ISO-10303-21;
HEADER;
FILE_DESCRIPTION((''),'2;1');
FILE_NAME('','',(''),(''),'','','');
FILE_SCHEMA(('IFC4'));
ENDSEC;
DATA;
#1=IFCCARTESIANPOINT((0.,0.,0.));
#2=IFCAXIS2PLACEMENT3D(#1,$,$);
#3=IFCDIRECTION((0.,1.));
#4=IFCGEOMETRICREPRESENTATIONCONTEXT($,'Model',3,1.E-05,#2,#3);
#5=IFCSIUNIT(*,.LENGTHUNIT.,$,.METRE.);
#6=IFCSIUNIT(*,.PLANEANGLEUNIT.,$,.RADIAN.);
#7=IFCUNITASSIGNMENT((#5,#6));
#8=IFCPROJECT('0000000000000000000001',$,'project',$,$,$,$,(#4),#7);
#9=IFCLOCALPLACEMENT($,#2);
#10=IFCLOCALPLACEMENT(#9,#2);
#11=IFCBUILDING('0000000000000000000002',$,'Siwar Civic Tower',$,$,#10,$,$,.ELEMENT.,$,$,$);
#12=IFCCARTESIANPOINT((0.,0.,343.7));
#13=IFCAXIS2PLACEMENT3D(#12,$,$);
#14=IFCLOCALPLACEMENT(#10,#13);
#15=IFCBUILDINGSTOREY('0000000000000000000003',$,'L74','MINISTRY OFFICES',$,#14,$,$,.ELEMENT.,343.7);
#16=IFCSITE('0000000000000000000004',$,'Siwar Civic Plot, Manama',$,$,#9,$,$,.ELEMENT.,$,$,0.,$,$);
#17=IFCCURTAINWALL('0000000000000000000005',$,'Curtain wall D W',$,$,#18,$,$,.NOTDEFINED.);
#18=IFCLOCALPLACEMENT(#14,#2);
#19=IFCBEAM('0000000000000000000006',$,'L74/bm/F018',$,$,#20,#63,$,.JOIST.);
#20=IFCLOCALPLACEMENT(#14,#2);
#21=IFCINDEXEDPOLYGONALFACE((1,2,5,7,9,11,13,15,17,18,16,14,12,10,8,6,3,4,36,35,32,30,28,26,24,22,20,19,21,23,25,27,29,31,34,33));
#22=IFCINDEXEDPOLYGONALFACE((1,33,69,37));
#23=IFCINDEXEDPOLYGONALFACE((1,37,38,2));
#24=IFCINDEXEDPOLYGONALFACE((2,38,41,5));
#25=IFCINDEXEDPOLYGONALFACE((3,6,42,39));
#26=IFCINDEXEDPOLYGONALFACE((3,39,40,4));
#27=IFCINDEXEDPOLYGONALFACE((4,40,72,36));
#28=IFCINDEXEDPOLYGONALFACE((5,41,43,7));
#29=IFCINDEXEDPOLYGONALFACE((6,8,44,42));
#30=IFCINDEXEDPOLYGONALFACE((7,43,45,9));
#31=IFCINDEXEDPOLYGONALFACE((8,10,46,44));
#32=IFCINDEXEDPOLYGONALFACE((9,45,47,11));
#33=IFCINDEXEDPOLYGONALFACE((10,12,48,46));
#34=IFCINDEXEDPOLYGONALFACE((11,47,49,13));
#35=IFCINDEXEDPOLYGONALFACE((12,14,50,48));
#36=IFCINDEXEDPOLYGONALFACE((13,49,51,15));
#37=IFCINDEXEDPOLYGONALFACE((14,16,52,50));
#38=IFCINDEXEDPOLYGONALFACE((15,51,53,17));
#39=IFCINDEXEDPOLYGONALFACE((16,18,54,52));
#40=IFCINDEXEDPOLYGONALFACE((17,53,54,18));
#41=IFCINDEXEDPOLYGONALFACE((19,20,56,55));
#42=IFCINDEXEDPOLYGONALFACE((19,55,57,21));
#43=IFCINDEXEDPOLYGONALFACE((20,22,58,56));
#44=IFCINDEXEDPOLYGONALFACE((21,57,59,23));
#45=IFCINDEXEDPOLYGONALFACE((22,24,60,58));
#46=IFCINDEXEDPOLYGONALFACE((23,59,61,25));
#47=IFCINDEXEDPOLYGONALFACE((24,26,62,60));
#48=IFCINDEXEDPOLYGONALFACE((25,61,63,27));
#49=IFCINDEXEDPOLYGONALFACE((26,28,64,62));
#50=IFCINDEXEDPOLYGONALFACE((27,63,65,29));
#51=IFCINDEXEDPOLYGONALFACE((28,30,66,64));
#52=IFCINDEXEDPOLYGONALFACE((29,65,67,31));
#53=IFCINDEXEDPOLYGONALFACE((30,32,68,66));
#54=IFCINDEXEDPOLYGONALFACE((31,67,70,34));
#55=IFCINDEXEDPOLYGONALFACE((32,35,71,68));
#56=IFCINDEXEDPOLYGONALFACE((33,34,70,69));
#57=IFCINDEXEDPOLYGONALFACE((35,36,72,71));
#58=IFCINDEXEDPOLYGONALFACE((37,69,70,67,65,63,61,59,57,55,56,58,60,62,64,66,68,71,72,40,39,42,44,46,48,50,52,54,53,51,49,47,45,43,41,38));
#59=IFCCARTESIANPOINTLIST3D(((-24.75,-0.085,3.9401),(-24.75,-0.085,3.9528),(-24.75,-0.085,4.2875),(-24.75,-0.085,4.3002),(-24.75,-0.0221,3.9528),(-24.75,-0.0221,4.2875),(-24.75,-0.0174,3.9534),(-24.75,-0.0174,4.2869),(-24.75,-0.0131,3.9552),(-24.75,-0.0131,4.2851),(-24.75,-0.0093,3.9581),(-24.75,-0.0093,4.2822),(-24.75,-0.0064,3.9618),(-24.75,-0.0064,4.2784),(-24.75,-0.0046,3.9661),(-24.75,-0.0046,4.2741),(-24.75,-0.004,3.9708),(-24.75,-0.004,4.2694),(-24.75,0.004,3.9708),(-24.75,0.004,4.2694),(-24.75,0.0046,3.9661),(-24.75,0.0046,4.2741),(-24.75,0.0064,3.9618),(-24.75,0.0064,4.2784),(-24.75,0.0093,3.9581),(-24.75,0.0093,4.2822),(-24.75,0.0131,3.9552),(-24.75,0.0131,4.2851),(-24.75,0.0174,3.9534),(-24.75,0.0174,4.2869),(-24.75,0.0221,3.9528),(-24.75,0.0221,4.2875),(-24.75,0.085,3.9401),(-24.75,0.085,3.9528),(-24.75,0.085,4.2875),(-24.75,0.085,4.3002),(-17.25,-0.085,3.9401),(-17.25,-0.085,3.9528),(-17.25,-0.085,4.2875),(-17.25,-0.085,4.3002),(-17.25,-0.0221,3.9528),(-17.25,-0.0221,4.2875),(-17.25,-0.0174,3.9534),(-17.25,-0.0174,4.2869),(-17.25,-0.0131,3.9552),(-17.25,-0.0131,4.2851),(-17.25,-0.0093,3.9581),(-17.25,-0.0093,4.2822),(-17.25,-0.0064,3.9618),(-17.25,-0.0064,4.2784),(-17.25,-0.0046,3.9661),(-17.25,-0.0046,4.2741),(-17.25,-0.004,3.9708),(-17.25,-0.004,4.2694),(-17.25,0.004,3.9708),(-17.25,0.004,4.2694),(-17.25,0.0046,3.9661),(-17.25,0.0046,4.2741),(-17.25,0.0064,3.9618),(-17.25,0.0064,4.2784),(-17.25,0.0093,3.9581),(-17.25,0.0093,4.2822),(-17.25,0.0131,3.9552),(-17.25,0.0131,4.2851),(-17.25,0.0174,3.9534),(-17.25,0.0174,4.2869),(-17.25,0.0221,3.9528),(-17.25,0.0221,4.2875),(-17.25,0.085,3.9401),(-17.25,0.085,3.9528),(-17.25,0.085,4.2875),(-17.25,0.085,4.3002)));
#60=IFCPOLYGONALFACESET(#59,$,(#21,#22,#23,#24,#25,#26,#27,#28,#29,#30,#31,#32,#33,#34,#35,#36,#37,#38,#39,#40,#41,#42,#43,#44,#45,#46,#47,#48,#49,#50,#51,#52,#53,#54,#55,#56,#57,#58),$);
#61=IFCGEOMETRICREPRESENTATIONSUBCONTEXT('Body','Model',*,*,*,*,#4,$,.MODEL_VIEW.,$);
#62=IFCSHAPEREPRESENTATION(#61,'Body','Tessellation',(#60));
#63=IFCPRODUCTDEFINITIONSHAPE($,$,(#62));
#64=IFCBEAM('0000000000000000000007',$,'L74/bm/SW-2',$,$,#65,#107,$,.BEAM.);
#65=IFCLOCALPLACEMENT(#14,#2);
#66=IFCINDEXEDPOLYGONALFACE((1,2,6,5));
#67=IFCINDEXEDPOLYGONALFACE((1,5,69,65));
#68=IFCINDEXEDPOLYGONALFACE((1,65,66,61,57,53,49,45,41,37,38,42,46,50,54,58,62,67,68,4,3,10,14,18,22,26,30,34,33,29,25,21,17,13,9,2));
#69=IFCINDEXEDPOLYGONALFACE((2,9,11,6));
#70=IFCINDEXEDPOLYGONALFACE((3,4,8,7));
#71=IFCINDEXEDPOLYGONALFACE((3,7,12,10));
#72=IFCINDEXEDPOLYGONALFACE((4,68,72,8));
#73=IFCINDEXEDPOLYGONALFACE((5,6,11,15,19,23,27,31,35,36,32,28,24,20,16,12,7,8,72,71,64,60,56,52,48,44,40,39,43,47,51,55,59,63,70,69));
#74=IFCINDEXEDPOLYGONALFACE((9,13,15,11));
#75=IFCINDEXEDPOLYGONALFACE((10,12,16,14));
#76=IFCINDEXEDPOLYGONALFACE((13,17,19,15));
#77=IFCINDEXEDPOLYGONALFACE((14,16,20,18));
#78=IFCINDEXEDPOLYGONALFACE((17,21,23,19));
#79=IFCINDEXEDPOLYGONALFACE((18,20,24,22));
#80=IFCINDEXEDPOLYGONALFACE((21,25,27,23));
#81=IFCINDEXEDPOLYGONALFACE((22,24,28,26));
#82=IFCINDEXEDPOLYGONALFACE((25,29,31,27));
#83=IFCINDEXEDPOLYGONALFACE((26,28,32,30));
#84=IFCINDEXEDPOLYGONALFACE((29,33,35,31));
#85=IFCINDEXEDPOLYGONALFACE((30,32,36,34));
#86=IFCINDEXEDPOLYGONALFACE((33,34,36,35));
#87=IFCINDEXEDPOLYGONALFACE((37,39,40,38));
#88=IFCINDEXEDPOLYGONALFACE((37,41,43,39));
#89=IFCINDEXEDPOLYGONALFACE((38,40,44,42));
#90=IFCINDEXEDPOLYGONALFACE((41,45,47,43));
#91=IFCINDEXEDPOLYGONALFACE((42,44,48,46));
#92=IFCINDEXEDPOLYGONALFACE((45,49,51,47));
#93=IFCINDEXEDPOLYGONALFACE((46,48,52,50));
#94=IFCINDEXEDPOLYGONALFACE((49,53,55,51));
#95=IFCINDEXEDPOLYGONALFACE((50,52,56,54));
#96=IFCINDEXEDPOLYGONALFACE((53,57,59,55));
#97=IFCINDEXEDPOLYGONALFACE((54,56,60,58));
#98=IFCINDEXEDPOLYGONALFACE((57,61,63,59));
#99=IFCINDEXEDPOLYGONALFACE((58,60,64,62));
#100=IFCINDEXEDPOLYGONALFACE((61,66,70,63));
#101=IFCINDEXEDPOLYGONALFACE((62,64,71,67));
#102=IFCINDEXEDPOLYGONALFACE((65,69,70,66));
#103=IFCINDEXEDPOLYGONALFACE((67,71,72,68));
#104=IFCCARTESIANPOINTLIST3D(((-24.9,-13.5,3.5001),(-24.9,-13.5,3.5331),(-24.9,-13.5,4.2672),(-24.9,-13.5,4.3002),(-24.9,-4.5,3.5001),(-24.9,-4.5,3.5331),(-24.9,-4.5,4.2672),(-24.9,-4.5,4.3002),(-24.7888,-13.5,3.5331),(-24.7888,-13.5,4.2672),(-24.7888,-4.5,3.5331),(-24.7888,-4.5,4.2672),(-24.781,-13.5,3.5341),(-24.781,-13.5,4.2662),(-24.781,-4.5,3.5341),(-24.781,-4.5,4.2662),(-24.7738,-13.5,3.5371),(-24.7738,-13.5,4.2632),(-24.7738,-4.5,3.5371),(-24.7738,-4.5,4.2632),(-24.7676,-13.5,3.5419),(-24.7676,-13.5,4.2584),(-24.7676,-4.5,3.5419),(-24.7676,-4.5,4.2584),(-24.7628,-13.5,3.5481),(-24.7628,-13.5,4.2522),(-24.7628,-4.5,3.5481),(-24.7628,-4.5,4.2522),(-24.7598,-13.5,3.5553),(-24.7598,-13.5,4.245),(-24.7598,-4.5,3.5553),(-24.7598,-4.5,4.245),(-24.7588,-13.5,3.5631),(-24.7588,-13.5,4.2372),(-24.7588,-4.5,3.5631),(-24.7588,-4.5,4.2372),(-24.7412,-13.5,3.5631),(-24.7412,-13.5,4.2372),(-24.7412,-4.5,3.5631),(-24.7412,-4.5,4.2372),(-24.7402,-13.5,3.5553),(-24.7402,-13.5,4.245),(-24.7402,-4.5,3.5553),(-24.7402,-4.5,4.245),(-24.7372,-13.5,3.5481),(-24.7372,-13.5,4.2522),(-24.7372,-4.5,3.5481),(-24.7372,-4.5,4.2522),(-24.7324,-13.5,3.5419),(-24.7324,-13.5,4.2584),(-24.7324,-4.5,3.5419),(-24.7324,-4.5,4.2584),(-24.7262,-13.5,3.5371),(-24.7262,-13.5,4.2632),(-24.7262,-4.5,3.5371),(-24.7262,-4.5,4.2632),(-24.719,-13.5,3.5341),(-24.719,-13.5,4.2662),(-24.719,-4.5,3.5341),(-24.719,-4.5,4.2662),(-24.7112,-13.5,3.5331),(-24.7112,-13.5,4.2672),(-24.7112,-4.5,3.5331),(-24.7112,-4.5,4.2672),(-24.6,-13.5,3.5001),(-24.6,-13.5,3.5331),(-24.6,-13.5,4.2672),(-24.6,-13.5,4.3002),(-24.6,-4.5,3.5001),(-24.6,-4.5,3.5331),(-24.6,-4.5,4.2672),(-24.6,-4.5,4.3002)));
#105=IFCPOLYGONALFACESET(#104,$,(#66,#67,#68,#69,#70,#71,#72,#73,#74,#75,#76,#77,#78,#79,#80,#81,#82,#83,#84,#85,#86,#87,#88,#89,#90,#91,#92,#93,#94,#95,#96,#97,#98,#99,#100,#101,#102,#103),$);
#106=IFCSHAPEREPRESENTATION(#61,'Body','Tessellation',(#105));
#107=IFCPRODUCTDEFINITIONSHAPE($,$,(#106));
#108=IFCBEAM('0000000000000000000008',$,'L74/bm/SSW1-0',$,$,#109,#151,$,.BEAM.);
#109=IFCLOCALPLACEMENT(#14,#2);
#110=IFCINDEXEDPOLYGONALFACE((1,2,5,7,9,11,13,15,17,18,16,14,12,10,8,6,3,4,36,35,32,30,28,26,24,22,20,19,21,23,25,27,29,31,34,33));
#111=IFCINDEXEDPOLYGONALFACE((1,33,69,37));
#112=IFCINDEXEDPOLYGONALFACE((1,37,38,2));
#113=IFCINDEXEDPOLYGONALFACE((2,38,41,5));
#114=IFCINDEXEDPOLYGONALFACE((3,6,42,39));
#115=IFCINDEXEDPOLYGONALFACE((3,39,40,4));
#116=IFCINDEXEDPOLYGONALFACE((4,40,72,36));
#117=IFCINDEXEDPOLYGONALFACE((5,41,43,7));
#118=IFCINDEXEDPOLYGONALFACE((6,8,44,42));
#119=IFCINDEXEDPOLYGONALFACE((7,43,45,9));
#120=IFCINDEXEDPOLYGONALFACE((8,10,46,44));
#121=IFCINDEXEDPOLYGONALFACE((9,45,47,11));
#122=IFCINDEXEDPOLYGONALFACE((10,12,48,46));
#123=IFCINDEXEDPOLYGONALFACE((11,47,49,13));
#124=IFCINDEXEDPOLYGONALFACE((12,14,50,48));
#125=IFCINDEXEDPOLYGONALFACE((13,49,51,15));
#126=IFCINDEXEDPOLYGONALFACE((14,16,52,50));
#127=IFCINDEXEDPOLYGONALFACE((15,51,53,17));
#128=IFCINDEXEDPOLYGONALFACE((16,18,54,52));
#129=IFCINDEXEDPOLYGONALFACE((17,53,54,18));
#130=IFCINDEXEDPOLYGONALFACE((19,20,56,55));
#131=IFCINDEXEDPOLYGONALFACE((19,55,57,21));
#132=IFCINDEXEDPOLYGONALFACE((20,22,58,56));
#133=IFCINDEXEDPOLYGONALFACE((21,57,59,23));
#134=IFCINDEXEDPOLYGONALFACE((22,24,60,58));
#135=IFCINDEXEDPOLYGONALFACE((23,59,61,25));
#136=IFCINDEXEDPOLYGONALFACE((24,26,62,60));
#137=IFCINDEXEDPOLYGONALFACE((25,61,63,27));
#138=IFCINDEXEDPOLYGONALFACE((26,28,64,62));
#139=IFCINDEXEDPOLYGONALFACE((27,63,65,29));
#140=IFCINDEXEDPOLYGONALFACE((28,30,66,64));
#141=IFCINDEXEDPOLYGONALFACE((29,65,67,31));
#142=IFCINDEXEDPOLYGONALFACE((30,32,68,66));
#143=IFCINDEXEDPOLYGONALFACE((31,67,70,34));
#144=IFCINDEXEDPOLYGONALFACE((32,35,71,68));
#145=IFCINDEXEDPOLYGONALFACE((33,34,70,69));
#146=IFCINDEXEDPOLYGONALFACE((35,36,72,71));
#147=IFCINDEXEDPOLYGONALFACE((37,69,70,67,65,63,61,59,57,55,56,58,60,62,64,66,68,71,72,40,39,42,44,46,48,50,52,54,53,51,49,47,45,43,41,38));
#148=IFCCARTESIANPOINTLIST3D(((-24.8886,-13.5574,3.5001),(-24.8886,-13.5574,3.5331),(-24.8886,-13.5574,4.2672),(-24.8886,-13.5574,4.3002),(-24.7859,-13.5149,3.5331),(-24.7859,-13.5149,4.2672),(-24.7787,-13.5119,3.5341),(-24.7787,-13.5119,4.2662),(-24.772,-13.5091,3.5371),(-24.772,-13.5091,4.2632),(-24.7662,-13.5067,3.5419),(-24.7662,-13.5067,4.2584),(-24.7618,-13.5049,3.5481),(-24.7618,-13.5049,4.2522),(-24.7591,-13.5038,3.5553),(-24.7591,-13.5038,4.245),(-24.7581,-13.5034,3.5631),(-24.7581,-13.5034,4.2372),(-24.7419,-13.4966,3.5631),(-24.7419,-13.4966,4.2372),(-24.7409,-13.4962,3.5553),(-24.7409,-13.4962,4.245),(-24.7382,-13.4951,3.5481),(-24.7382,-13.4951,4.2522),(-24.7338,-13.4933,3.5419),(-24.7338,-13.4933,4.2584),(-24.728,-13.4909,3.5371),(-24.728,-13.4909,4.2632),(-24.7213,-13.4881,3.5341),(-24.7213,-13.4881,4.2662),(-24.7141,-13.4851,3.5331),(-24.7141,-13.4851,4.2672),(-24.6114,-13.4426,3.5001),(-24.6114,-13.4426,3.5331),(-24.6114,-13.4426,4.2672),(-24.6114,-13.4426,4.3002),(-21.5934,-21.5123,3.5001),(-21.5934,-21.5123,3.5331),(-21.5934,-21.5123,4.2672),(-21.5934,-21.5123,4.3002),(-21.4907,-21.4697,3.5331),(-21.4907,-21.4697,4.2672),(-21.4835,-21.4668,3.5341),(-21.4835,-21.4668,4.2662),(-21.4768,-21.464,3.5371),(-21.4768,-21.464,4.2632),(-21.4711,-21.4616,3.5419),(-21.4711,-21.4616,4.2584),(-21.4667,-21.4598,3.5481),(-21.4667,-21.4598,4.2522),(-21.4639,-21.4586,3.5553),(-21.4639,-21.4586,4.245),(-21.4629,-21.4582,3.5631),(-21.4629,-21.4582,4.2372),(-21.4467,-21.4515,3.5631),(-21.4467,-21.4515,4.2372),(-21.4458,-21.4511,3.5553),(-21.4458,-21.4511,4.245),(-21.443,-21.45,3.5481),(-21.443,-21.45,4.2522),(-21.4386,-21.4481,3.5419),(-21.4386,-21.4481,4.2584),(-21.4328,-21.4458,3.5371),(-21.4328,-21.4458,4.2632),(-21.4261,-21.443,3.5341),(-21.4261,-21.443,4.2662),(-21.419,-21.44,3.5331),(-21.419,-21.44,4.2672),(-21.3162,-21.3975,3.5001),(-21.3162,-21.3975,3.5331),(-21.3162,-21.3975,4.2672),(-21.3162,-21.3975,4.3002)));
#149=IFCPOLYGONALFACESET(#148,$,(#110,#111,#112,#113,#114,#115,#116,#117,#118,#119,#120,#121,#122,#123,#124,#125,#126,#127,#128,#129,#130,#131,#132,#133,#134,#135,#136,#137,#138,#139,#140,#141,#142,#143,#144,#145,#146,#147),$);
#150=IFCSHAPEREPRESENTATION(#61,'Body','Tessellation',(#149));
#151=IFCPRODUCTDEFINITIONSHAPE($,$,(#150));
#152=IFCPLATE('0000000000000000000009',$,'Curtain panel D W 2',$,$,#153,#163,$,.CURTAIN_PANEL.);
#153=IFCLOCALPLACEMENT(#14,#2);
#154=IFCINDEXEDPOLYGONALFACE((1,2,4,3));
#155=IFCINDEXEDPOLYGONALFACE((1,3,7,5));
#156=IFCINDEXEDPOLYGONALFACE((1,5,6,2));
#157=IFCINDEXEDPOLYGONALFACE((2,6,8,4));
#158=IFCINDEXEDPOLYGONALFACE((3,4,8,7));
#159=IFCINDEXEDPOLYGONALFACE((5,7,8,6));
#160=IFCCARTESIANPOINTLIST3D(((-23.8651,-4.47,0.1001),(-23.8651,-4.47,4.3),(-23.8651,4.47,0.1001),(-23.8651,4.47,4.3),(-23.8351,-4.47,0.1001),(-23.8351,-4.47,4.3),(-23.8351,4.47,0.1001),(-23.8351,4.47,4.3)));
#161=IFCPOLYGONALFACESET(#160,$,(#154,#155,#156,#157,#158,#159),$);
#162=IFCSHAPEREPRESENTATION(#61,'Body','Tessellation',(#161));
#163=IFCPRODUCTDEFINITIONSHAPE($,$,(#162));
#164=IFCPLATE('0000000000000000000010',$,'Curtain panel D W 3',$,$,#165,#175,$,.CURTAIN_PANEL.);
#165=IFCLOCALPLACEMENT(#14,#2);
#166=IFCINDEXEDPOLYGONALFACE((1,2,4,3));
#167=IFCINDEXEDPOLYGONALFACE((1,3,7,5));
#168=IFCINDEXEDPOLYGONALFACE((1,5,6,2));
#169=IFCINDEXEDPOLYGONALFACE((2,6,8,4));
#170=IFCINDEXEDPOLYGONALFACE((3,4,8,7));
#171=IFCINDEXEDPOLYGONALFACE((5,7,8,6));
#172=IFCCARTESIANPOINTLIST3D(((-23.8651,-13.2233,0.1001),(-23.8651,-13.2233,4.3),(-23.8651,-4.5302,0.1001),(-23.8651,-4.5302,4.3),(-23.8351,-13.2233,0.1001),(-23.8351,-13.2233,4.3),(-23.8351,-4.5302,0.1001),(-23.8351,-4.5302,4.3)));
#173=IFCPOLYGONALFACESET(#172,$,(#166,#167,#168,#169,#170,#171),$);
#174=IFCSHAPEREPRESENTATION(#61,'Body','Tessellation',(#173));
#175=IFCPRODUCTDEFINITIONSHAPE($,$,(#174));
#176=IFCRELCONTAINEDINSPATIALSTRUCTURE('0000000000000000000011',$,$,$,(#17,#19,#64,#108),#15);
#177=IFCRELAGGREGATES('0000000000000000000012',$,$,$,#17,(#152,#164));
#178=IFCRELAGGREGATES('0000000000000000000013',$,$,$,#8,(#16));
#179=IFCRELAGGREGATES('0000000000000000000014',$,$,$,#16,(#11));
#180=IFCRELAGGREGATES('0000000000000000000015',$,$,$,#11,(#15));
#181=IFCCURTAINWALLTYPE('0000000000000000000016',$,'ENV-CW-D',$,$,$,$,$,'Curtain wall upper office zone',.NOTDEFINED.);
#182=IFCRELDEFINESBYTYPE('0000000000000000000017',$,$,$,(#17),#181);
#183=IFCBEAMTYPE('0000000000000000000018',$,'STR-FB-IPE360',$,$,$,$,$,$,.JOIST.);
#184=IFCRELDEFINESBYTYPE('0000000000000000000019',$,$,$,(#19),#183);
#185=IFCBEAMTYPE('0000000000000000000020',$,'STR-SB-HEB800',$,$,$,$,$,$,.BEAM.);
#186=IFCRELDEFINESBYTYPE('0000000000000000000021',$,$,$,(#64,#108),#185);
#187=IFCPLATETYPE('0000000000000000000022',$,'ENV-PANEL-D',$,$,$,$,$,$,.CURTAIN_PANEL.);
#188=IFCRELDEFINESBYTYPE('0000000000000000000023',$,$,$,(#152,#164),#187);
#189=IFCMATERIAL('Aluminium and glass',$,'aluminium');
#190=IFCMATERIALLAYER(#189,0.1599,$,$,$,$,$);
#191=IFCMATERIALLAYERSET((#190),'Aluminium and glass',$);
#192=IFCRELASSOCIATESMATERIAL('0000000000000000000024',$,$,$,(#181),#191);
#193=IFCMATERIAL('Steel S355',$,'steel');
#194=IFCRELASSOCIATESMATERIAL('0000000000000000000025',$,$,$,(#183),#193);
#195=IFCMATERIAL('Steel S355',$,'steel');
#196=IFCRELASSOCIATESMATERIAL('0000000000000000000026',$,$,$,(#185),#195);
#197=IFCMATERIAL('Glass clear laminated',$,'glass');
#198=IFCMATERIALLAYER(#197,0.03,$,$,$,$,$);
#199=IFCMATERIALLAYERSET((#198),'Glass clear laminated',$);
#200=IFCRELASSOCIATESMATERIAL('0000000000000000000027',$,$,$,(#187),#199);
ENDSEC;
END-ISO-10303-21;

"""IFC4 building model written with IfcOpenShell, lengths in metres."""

from ifc_helpers import new_model, si_unit, direction, frame, origin, origin_2d, place, context, subcontext, project, spatial, rectangle, i_section, extrude, material, layer, layer_set, material_profile, profile_set, type_object, element, aggregate, save


model = new_model("IFC4")

# Units and contexts
model_context = context("Model", 3, precision=1e-05, world=origin(), true_north=direction((0.0, 1.0)))
body_context = subcontext(model_context, "Body", "Model", "MODEL_VIEW")
ifc_project = project(units=[si_unit("LENGTHUNIT", "METRE"), si_unit("PLANEANGLEUNIT", "RADIAN")], contexts=[model_context])

# Site, building, storey
site_placement = place(None, origin())
site = spatial("IfcSite", under=ifc_project, at=site_placement, Name="Siwar Civic Plot, Manama", CompositionType="ELEMENT", RefElevation=0.0)
building_placement = place(site_placement, origin())
building = spatial("IfcBuilding", under=site, at=building_placement, Name="Siwar Civic Tower", CompositionType="ELEMENT")
storey_placement = place(building_placement, frame((0.0, 0.0, 343.7)))
storey = spatial("IfcBuildingStorey", under=building, at=storey_placement, Name="L74", Description="MINISTRY OFFICES", CompositionType="ELEMENT", Elevation=343.7)

# Curtain wall
ifc_material_1 = material(Name="Aluminium and glass", Category="aluminium")
ifc_layer_1 = layer(ifc_material_1, 0.1599)
ifc_layer_set_1 = layer_set([ifc_layer_1], Name="Aluminium and glass")
curtain_wall_type_1 = type_object("IfcCurtainWallType", Name="ENV-CW-D", ElementType="Curtain wall upper office zone", PredefinedType="NOTDEFINED", material=ifc_layer_set_1)
curtain_wall_1_placement = place(storey_placement, origin())
curtain_wall_1 = element("IfcCurtainWall", 1, at=curtain_wall_1_placement, inside=storey, type_object=curtain_wall_type_1, Name="Curtain wall D W", PredefinedType="NOTDEFINED")

# Beams
ifc_material_2 = material(Name="Steel S355", Category="steel")
ifc_material_profile_1 = material_profile(ifc_material_2, i_section(OverallWidth=0.1699, OverallDepth=0.3601, WebThickness=0.0081, FlangeThickness=0.0127, FilletRadius=0.0181, at=origin_2d()), Name="IPE360")
ifc_profile_set_1 = profile_set([ifc_material_profile_1], Name="Steel S355")
beam_type_1 = type_object("IfcBeamType", Name="STR-FB-IPE360", PredefinedType="JOIST", material=ifc_profile_set_1)
for number, where, z_axis, x_axis, name in (
    (2, (-24.75, 0.0, 4.1201), (1.0, 0.0, 0.0), (0.0, 1.0, 0.0), "L74/bm/F018"),
):
    element("IfcBeam", number, at=place(storey_placement, frame(where, z_axis=z_axis, x_axis=x_axis)), inside=storey, type_object=beam_type_1, Name=name, PredefinedType="JOIST", context=body_context, shape_type="SweptSolid", body=[
        extrude(i_section(OverallWidth=0.1699, OverallDepth=0.3601, WebThickness=0.0081, FlangeThickness=0.0127, FilletRadius=0.0181, at=origin_2d()), origin(), (0.0, 0.0, 1.0), 7.5),
    ])
ifc_material_3 = material(Name="Steel S355", Category="steel")
ifc_material_profile_2 = material_profile(ifc_material_3, i_section(OverallWidth=0.3, OverallDepth=0.8, WebThickness=0.0176, FlangeThickness=0.033, FilletRadius=0.03, at=origin_2d()), Name="HEB800")
ifc_profile_set_2 = profile_set([ifc_material_profile_2], Name="Steel S355")
beam_type_2 = type_object("IfcBeamType", Name="STR-SB-HEB800", PredefinedType="BEAM", material=ifc_profile_set_2)
beam_1_placement = place(storey_placement, frame((-24.75, -4.5, 3.9001), z_axis=(0.0, -1.0, 0.0), x_axis=(1.0, 0.0, 0.0)))
element("IfcBeam", 3, at=beam_1_placement, inside=storey, type_object=beam_type_2, Name="L74/bm/SW-2", PredefinedType="BEAM", context=body_context, shape_type="SweptSolid", body=[
    extrude(i_section(OverallWidth=0.3, OverallDepth=0.8, WebThickness=0.0176, FlangeThickness=0.033, FilletRadius=0.03, at=origin_2d()), origin(), (0.0, 0.0, 1.0), 9.0),
])
beam_2_placement = place(storey_placement, frame((-24.75, -13.5, 3.9001), z_axis=(0.3827, -0.923873, 0.0), x_axis=(0.923873, 0.3827, 0.0)))
element("IfcBeam", 4, at=beam_2_placement, inside=storey, type_object=beam_type_2, Name="L74/bm/SSW1-0", PredefinedType="BEAM", context=body_context, shape_type="SweptSolid", body=[
    extrude(i_section(OverallWidth=0.3, OverallDepth=0.8, WebThickness=0.0176, FlangeThickness=0.033, FilletRadius=0.03, at=origin_2d()), origin(), (0.0, 0.0, 1.0), 8.6104),
])

# Plates
ifc_material_4 = material(Name="Glass clear laminated", Category="glass")
ifc_layer_2 = layer(ifc_material_4, 0.03)
ifc_layer_set_2 = layer_set([ifc_layer_2], Name="Glass clear laminated")
plate_type = type_object("IfcPlateType", Name="ENV-PANEL-D", PredefinedType="CURTAIN_PANEL", material=ifc_layer_set_2)
plate_1_placement = place(storey_placement, frame((-23.8501, 0.0, 0.1001), z_axis=(0.0, 0.0, 1.0), x_axis=(0.0, -1.0, 0.0)))
plate_1 = element("IfcPlate", 5, at=plate_1_placement, type_object=plate_type, Name="Curtain panel D W 2", PredefinedType="CURTAIN_PANEL", context=body_context, shape_type="SweptSolid", body=[
    extrude(rectangle(XDim=8.9399, YDim=0.03, at=origin_2d()), origin(), (0.0, 0.0, 1.0), 4.2),
])
plate_2_placement = place(storey_placement, frame((-23.8501, -8.8767, 0.1001), z_axis=(0.0, 0.0, 1.0), x_axis=(0.0, -1.0, 0.0)))
plate_2 = element("IfcPlate", 6, at=plate_2_placement, type_object=plate_type, Name="Curtain panel D W 3", PredefinedType="CURTAIN_PANEL", context=body_context, shape_type="SweptSolid", body=[
    extrude(rectangle(XDim=8.6931, YDim=0.03, at=origin_2d()), origin(), (0.0, 0.0, 1.0), 4.2),
])
aggregate(curtain_wall_1, [plate_1, plate_2])

save(model, "model.ifc")
